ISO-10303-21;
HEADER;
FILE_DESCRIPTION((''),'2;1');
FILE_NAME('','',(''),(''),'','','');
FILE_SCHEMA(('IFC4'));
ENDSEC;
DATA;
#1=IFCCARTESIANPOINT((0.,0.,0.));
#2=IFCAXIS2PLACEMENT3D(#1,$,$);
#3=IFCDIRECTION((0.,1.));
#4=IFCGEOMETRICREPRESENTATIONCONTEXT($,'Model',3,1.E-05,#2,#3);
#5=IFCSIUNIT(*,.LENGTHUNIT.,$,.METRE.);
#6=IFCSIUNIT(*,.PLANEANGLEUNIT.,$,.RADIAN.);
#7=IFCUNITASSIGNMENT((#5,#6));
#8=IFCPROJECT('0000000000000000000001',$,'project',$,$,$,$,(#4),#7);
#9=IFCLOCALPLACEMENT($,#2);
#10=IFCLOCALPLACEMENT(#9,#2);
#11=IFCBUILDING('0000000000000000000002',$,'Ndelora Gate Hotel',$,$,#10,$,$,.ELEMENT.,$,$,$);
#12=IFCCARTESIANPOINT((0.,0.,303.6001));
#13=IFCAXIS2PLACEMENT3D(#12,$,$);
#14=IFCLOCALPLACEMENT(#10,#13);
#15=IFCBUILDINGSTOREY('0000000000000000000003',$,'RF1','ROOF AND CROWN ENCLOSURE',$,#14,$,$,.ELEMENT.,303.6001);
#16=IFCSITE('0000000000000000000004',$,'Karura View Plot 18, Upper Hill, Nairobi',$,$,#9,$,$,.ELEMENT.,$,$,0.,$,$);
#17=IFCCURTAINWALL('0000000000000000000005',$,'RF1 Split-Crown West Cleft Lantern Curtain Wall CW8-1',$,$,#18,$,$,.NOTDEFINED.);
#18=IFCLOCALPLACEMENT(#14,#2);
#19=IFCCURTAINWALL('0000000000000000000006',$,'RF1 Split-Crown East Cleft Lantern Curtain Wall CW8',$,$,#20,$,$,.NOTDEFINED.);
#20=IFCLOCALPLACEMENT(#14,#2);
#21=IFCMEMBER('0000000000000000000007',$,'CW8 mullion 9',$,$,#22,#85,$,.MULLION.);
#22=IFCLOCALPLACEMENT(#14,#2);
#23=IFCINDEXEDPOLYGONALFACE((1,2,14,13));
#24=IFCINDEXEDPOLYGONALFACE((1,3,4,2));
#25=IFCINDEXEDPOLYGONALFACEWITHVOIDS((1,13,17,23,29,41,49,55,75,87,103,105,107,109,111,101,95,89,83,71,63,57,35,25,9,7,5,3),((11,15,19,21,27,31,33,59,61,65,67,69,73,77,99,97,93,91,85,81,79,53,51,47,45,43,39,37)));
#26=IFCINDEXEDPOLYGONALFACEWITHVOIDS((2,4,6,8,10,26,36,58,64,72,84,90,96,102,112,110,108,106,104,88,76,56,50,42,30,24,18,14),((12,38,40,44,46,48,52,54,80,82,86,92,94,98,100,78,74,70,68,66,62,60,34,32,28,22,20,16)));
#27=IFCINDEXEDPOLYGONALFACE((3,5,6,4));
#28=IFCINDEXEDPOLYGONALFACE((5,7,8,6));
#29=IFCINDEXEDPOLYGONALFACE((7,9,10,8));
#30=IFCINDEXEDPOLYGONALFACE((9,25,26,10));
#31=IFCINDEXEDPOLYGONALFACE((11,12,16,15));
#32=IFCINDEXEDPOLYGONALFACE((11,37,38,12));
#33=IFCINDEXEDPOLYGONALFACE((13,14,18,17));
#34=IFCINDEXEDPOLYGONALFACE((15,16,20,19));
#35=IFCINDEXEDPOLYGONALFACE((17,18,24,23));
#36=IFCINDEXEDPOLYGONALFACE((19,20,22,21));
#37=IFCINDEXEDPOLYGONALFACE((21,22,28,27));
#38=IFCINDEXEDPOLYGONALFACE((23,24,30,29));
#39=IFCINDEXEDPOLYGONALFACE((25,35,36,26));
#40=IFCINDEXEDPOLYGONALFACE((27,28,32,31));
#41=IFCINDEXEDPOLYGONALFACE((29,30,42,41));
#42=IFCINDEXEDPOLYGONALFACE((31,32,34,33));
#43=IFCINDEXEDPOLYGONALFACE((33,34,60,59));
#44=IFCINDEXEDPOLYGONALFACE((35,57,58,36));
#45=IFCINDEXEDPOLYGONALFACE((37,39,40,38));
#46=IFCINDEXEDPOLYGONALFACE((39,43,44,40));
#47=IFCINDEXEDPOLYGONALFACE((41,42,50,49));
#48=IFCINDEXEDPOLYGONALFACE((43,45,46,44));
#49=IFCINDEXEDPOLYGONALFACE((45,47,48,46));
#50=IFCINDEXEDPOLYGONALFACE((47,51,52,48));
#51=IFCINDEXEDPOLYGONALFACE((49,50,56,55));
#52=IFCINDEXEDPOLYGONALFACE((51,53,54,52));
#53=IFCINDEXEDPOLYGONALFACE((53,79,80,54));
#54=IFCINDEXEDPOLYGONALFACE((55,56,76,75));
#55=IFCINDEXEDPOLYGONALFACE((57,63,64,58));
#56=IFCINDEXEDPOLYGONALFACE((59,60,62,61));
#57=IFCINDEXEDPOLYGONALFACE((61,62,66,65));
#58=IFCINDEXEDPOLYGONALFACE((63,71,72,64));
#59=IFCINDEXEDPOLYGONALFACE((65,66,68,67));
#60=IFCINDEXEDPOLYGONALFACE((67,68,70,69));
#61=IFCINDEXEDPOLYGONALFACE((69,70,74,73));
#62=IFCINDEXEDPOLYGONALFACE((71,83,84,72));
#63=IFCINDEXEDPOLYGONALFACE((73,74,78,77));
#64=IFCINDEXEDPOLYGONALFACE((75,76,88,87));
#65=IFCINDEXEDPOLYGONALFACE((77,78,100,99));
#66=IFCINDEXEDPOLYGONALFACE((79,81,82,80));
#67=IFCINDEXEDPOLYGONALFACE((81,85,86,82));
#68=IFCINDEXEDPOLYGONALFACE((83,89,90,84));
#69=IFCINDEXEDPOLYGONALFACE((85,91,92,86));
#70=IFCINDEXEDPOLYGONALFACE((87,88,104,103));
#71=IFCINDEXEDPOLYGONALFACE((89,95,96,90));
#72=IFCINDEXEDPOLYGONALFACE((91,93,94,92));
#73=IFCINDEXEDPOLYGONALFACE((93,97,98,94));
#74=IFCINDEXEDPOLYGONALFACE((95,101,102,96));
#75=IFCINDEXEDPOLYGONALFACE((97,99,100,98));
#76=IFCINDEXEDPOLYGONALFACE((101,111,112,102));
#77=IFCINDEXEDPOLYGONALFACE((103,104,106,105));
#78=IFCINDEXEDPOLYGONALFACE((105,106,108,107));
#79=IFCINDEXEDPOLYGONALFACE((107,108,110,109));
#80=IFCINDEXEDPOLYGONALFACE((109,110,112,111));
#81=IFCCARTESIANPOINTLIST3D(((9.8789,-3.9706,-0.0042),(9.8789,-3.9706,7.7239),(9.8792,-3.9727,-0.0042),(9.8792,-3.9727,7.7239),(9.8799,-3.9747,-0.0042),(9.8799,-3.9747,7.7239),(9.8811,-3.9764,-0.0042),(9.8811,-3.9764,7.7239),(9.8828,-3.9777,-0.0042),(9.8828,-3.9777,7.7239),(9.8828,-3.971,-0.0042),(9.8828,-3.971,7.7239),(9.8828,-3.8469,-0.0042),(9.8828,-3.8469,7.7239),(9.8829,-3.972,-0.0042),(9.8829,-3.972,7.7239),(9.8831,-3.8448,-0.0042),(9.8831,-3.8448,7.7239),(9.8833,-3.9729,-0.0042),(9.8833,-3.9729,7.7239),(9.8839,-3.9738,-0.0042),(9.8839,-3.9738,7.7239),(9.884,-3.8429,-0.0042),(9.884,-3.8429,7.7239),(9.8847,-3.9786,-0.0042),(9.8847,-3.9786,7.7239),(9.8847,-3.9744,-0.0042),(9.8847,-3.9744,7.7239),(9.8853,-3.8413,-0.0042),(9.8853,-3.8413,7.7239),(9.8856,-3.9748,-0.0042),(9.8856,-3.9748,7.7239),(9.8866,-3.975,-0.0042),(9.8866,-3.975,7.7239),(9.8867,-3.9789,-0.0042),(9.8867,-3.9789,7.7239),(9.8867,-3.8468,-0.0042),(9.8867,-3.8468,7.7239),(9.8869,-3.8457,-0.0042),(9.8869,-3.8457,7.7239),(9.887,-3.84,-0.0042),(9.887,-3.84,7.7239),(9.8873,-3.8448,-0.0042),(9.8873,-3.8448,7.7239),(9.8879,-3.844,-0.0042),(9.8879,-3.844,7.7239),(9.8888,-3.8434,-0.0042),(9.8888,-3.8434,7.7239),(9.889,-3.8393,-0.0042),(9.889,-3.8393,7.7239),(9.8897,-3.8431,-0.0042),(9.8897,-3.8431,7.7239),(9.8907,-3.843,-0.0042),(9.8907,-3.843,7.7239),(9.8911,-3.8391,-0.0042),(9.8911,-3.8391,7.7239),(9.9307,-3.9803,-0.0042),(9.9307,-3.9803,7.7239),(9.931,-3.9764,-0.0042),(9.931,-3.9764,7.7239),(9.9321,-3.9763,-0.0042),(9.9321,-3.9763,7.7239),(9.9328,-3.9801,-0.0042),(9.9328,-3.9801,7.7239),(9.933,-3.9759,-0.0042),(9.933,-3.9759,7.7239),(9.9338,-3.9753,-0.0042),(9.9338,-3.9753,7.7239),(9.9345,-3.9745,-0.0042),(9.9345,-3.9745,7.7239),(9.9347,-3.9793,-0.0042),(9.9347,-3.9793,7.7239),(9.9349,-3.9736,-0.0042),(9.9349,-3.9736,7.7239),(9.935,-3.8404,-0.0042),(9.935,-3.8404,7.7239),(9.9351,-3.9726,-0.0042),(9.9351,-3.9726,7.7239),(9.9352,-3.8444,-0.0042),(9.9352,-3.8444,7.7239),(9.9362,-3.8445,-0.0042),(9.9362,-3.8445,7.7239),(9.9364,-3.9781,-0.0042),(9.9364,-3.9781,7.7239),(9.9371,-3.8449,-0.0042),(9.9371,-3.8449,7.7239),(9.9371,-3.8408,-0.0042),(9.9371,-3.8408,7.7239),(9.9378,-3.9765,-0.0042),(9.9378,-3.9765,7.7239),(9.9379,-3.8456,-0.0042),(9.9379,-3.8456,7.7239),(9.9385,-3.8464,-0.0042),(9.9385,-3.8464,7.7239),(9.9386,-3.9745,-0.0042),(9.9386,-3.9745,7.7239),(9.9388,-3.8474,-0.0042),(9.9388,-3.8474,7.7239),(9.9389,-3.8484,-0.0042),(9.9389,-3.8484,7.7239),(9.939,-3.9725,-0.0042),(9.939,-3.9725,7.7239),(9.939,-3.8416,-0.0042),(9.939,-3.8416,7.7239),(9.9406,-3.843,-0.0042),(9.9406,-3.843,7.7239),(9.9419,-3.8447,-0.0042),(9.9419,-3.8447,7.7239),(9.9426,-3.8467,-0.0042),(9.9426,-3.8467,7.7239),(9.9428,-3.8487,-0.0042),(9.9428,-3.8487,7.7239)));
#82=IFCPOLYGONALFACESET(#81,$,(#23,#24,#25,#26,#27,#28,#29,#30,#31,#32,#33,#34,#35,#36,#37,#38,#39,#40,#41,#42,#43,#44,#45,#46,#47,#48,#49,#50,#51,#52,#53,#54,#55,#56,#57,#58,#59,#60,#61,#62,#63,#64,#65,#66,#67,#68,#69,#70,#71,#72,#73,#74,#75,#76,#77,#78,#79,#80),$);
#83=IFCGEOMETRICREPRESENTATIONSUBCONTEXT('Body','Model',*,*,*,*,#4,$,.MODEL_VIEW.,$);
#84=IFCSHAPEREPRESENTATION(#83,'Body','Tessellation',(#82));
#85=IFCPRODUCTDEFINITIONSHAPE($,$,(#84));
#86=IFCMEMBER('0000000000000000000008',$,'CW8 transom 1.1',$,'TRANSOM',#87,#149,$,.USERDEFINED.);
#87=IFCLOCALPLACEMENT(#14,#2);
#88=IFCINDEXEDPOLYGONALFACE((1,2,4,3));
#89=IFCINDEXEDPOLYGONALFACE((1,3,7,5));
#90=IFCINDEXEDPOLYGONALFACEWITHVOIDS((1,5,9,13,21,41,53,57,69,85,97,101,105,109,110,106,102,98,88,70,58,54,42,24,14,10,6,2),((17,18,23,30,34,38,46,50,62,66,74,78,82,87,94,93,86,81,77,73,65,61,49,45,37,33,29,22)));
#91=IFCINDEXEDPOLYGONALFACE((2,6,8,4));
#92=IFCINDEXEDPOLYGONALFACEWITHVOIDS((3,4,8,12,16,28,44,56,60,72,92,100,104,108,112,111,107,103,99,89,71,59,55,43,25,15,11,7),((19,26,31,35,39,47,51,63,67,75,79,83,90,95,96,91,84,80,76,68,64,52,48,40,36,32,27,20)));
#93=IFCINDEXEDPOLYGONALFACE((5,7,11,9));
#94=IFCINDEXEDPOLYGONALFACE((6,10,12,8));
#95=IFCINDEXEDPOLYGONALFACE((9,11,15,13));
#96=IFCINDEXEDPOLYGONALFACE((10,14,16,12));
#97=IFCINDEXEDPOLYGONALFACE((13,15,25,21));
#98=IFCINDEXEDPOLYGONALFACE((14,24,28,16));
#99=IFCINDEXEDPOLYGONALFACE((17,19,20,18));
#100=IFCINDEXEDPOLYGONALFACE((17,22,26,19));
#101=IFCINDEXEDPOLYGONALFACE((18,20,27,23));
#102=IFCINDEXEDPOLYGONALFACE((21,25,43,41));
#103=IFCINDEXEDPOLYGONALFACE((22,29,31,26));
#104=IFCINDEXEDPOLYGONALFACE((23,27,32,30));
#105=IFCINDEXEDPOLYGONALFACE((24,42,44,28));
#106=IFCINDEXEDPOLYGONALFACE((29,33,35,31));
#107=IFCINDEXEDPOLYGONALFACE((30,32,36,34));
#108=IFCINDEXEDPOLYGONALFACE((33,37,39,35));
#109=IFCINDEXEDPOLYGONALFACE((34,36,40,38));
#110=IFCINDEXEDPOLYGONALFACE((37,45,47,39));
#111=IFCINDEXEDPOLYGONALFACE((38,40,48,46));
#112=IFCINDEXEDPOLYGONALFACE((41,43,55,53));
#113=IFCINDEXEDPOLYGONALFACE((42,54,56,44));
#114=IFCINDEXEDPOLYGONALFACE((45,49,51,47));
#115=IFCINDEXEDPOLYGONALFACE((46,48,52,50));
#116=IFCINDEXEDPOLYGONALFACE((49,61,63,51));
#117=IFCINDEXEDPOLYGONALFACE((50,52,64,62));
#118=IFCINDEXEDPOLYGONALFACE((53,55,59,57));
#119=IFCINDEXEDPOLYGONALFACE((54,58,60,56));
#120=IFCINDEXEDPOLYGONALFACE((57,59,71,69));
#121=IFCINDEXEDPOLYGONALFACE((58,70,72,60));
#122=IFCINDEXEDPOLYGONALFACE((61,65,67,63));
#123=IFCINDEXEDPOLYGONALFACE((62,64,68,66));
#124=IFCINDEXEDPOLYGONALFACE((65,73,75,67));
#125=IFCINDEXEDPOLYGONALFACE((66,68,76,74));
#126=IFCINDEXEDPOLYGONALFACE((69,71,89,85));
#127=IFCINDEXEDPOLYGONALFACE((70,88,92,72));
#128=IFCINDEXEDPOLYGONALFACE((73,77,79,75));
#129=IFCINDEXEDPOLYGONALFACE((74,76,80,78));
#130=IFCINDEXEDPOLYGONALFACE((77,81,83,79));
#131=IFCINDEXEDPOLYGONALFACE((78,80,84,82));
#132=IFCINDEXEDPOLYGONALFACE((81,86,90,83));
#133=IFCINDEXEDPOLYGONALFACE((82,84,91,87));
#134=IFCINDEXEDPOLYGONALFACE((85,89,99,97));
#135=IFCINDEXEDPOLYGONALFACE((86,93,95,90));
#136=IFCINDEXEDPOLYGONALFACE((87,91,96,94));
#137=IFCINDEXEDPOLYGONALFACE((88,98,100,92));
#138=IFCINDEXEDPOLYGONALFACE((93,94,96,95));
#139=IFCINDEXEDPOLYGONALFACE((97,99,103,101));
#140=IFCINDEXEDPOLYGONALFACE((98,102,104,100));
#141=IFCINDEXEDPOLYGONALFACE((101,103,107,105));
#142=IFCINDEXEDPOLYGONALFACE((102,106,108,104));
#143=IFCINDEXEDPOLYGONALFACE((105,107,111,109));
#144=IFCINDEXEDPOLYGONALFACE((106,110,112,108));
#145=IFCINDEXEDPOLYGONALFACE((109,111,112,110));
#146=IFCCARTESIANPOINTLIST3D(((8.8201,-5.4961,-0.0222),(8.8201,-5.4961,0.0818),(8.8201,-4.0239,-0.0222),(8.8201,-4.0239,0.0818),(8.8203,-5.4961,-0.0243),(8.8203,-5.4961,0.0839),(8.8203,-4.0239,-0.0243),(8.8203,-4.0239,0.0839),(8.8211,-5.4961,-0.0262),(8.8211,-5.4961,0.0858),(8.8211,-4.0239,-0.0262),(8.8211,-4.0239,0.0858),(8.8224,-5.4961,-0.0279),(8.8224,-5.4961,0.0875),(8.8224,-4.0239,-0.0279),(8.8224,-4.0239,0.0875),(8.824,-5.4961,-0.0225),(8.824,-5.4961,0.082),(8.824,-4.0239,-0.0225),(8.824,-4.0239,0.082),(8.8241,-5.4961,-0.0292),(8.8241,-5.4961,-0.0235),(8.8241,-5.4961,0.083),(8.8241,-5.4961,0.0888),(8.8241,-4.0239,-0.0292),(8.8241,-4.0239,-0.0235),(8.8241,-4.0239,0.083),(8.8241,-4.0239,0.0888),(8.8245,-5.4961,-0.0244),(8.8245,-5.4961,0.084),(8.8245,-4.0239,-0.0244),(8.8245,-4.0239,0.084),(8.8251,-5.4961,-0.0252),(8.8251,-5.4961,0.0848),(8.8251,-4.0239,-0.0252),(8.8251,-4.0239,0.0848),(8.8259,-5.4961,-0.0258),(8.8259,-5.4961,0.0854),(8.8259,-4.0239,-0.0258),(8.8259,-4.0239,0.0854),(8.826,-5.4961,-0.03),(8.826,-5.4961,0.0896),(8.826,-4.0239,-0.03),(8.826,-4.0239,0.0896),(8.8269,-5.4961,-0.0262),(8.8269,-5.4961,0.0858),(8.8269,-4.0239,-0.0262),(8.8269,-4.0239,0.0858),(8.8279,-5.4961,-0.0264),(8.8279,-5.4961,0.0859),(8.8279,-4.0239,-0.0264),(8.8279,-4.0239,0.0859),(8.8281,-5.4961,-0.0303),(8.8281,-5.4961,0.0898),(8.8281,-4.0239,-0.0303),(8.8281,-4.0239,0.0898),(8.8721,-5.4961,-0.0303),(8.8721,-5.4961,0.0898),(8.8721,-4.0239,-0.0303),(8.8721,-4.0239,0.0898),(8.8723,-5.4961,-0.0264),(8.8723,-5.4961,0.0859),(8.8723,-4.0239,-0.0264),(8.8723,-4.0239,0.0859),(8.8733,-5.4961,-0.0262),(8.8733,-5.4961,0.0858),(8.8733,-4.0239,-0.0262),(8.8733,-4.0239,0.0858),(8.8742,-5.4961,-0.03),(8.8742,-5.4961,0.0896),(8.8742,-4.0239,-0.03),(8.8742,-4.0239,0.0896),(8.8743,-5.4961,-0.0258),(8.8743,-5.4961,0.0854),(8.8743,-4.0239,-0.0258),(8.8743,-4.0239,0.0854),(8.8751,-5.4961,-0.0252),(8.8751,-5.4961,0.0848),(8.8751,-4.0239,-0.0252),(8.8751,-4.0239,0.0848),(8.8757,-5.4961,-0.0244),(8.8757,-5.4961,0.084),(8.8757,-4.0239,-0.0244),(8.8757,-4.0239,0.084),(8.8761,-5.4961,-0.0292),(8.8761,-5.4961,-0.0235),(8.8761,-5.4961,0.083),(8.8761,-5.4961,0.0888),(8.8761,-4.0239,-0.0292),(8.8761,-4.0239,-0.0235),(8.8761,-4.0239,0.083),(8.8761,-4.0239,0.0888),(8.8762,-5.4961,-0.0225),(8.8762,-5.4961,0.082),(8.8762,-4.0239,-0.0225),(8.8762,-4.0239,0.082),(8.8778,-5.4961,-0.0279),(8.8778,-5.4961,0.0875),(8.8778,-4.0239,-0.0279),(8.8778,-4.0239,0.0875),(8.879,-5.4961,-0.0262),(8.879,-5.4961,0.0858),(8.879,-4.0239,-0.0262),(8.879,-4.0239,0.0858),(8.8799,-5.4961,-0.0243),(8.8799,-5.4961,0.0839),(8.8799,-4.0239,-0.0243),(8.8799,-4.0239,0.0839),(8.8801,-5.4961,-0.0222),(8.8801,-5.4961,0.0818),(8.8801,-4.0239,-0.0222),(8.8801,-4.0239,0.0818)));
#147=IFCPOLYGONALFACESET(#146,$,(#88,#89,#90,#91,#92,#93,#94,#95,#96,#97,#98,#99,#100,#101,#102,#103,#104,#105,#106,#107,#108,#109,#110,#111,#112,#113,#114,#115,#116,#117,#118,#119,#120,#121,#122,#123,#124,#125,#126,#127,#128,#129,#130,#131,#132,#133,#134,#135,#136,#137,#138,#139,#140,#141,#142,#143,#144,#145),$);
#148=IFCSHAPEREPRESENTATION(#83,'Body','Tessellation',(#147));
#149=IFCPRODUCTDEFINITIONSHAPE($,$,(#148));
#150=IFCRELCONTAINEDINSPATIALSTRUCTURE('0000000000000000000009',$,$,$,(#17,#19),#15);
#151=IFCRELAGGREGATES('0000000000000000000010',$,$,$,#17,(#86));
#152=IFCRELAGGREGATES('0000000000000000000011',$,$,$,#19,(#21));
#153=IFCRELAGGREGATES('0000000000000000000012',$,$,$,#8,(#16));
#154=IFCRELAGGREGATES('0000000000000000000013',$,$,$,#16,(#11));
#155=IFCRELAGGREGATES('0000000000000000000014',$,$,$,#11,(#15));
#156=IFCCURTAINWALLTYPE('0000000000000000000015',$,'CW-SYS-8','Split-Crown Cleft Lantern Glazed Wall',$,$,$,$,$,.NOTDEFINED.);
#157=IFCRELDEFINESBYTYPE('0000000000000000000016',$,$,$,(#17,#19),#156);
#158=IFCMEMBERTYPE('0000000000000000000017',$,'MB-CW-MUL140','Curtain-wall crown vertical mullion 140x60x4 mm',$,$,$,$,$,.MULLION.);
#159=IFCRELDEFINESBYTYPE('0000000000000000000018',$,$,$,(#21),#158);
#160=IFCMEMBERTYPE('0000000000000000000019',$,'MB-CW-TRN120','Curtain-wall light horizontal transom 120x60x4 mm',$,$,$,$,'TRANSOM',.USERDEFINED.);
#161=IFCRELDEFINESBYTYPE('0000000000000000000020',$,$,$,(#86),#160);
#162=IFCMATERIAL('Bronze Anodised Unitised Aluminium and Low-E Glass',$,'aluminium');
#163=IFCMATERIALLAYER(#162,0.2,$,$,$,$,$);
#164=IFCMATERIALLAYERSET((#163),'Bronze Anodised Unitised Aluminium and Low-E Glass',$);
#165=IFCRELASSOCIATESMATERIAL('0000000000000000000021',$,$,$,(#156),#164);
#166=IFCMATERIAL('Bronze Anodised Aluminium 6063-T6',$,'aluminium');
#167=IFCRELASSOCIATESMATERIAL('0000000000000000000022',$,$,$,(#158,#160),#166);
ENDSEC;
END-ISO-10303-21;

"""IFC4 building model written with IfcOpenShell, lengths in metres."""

from ifc_helpers import new_model, si_unit, direction, frame, origin, origin_2d, place, context, subcontext, project, spatial, hollow_rectangle, extrude, material, layer, layer_set, material_profile, profile_set, type_object, element, aggregate, save


model = new_model("IFC4")

# Units and contexts
model_context = context("Model", 3, precision=1e-05, world=origin(), true_north=direction((0.0, 1.0)))
body_context = subcontext(model_context, "Body", "Model", "MODEL_VIEW")
ifc_project = project(units=[si_unit("LENGTHUNIT", "METRE"), si_unit("PLANEANGLEUNIT", "RADIAN")], contexts=[model_context])

# Site, building, storey
site_placement = place(None, origin())
site = spatial("IfcSite", under=ifc_project, at=site_placement, Name="Karura View Plot 18, Upper Hill, Nairobi", CompositionType="ELEMENT", RefElevation=0.0)
building_placement = place(site_placement, origin())
building = spatial("IfcBuilding", under=site, at=building_placement, Name="Ndelora Gate Hotel", CompositionType="ELEMENT")
storey_placement = place(building_placement, frame((0.0, 0.0, 303.6001)))
storey = spatial("IfcBuildingStorey", under=building, at=storey_placement, Name="RF1", Description="ROOF AND CROWN ENCLOSURE", CompositionType="ELEMENT", Elevation=303.6001)

# Curtain wall
ifc_material_1 = material(Name="Bronze Anodised Unitised Aluminium and Low-E Glass", Category="aluminium")
ifc_layer_1 = layer(ifc_material_1, 0.2)
ifc_layer_set_1 = layer_set([ifc_layer_1], Name="Bronze Anodised Unitised Aluminium and Low-E Glass")
curtain_wall_type = type_object("IfcCurtainWallType", Name="CW-SYS-8", Description="Split-Crown Cleft Lantern Glazed Wall", PredefinedType="NOTDEFINED", material=ifc_layer_set_1)
curtain_wall_1_placement = place(storey_placement, origin())
curtain_wall_1 = element("IfcCurtainWall", 1, at=curtain_wall_1_placement, inside=storey, type_object=curtain_wall_type, Name="RF1 Split-Crown West Cleft Lantern Curtain Wall CW8-1", PredefinedType="NOTDEFINED")
ifc_material_2 = material(Name="Bronze Anodised Aluminium 6063-T6", Category="aluminium")
ifc_material_profile_1 = material_profile(ifc_material_2, hollow_rectangle(XDim=0.0601, YDim=0.1399, WallThickness=0.0039, InnerFilletRadius=0.0039, OuterFilletRadius=0.0081, at=origin_2d()), Name="ALU 140x60x4")
ifc_profile_set_1 = profile_set([ifc_material_profile_1], Name="Bronze Anodised Aluminium 6063-T6")
member_type_1 = type_object("IfcMemberType", Name="MB-CW-MUL140", Description="Curtain-wall crown vertical mullion 140x60x4 mm", PredefinedType="MULLION", material=ifc_profile_set_1)

# Curtain wall, member
curtain_wall_2_placement = place(storey_placement, origin())
curtain_wall_2 = element("IfcCurtainWall", 2, at=curtain_wall_2_placement, inside=storey, type_object=curtain_wall_type, Name="RF1 Split-Crown East Cleft Lantern Curtain Wall CW8", PredefinedType="NOTDEFINED")
member_1_placement = place(storey_placement, frame((9.9109, -3.9097, -0.0042), z_axis=(0.0, 0.0, 1.0), x_axis=(0.999515, -0.031131, 0.0)))
member_1 = element("IfcMember", 3, at=member_1_placement, type_object=member_type_1, Name="CW8 mullion 9", PredefinedType="MULLION", context=body_context, shape_type="SweptSolid", body=[
    extrude(hollow_rectangle(XDim=0.0601, YDim=0.1399, WallThickness=0.0039, InnerFilletRadius=0.0039, OuterFilletRadius=0.0081, at=origin_2d()), origin(), (0.0, 0.0, 1.0), 7.728),
])

# Member
ifc_material_profile_2 = material_profile(ifc_material_2, hollow_rectangle(XDim=0.0601, YDim=0.1201, WallThickness=0.0039, InnerFilletRadius=0.0039, OuterFilletRadius=0.0081, at=origin_2d()), Name="ALU 120x60x4")
ifc_profile_set_2 = profile_set([ifc_material_profile_2], Name="Bronze Anodised Aluminium 6063-T6")
member_type_2 = type_object("IfcMemberType", Name="MB-CW-TRN120", Description="Curtain-wall light horizontal transom 120x60x4 mm", ElementType="TRANSOM", PredefinedType="USERDEFINED", material=ifc_profile_set_2)
member_2_placement = place(storey_placement, frame((8.8501, -5.4961, 0.0298), z_axis=(0.0, 1.0, 0.0), x_axis=(-1.0, 0.0, 0.0)))
member_2 = element("IfcMember", 4, at=member_2_placement, type_object=member_type_2, Name="CW8 transom 1.1", ObjectType="TRANSOM", PredefinedType="USERDEFINED", context=body_context, shape_type="SweptSolid", body=[
    extrude(hollow_rectangle(XDim=0.0601, YDim=0.1201, WallThickness=0.0039, InnerFilletRadius=0.0039, OuterFilletRadius=0.0081, at=origin_2d()), origin(), (0.0, 0.0, 1.0), 1.4722),
])

aggregate(curtain_wall_1, [member_2])
aggregate(curtain_wall_2, [member_1])

save(model, "model.ifc")
